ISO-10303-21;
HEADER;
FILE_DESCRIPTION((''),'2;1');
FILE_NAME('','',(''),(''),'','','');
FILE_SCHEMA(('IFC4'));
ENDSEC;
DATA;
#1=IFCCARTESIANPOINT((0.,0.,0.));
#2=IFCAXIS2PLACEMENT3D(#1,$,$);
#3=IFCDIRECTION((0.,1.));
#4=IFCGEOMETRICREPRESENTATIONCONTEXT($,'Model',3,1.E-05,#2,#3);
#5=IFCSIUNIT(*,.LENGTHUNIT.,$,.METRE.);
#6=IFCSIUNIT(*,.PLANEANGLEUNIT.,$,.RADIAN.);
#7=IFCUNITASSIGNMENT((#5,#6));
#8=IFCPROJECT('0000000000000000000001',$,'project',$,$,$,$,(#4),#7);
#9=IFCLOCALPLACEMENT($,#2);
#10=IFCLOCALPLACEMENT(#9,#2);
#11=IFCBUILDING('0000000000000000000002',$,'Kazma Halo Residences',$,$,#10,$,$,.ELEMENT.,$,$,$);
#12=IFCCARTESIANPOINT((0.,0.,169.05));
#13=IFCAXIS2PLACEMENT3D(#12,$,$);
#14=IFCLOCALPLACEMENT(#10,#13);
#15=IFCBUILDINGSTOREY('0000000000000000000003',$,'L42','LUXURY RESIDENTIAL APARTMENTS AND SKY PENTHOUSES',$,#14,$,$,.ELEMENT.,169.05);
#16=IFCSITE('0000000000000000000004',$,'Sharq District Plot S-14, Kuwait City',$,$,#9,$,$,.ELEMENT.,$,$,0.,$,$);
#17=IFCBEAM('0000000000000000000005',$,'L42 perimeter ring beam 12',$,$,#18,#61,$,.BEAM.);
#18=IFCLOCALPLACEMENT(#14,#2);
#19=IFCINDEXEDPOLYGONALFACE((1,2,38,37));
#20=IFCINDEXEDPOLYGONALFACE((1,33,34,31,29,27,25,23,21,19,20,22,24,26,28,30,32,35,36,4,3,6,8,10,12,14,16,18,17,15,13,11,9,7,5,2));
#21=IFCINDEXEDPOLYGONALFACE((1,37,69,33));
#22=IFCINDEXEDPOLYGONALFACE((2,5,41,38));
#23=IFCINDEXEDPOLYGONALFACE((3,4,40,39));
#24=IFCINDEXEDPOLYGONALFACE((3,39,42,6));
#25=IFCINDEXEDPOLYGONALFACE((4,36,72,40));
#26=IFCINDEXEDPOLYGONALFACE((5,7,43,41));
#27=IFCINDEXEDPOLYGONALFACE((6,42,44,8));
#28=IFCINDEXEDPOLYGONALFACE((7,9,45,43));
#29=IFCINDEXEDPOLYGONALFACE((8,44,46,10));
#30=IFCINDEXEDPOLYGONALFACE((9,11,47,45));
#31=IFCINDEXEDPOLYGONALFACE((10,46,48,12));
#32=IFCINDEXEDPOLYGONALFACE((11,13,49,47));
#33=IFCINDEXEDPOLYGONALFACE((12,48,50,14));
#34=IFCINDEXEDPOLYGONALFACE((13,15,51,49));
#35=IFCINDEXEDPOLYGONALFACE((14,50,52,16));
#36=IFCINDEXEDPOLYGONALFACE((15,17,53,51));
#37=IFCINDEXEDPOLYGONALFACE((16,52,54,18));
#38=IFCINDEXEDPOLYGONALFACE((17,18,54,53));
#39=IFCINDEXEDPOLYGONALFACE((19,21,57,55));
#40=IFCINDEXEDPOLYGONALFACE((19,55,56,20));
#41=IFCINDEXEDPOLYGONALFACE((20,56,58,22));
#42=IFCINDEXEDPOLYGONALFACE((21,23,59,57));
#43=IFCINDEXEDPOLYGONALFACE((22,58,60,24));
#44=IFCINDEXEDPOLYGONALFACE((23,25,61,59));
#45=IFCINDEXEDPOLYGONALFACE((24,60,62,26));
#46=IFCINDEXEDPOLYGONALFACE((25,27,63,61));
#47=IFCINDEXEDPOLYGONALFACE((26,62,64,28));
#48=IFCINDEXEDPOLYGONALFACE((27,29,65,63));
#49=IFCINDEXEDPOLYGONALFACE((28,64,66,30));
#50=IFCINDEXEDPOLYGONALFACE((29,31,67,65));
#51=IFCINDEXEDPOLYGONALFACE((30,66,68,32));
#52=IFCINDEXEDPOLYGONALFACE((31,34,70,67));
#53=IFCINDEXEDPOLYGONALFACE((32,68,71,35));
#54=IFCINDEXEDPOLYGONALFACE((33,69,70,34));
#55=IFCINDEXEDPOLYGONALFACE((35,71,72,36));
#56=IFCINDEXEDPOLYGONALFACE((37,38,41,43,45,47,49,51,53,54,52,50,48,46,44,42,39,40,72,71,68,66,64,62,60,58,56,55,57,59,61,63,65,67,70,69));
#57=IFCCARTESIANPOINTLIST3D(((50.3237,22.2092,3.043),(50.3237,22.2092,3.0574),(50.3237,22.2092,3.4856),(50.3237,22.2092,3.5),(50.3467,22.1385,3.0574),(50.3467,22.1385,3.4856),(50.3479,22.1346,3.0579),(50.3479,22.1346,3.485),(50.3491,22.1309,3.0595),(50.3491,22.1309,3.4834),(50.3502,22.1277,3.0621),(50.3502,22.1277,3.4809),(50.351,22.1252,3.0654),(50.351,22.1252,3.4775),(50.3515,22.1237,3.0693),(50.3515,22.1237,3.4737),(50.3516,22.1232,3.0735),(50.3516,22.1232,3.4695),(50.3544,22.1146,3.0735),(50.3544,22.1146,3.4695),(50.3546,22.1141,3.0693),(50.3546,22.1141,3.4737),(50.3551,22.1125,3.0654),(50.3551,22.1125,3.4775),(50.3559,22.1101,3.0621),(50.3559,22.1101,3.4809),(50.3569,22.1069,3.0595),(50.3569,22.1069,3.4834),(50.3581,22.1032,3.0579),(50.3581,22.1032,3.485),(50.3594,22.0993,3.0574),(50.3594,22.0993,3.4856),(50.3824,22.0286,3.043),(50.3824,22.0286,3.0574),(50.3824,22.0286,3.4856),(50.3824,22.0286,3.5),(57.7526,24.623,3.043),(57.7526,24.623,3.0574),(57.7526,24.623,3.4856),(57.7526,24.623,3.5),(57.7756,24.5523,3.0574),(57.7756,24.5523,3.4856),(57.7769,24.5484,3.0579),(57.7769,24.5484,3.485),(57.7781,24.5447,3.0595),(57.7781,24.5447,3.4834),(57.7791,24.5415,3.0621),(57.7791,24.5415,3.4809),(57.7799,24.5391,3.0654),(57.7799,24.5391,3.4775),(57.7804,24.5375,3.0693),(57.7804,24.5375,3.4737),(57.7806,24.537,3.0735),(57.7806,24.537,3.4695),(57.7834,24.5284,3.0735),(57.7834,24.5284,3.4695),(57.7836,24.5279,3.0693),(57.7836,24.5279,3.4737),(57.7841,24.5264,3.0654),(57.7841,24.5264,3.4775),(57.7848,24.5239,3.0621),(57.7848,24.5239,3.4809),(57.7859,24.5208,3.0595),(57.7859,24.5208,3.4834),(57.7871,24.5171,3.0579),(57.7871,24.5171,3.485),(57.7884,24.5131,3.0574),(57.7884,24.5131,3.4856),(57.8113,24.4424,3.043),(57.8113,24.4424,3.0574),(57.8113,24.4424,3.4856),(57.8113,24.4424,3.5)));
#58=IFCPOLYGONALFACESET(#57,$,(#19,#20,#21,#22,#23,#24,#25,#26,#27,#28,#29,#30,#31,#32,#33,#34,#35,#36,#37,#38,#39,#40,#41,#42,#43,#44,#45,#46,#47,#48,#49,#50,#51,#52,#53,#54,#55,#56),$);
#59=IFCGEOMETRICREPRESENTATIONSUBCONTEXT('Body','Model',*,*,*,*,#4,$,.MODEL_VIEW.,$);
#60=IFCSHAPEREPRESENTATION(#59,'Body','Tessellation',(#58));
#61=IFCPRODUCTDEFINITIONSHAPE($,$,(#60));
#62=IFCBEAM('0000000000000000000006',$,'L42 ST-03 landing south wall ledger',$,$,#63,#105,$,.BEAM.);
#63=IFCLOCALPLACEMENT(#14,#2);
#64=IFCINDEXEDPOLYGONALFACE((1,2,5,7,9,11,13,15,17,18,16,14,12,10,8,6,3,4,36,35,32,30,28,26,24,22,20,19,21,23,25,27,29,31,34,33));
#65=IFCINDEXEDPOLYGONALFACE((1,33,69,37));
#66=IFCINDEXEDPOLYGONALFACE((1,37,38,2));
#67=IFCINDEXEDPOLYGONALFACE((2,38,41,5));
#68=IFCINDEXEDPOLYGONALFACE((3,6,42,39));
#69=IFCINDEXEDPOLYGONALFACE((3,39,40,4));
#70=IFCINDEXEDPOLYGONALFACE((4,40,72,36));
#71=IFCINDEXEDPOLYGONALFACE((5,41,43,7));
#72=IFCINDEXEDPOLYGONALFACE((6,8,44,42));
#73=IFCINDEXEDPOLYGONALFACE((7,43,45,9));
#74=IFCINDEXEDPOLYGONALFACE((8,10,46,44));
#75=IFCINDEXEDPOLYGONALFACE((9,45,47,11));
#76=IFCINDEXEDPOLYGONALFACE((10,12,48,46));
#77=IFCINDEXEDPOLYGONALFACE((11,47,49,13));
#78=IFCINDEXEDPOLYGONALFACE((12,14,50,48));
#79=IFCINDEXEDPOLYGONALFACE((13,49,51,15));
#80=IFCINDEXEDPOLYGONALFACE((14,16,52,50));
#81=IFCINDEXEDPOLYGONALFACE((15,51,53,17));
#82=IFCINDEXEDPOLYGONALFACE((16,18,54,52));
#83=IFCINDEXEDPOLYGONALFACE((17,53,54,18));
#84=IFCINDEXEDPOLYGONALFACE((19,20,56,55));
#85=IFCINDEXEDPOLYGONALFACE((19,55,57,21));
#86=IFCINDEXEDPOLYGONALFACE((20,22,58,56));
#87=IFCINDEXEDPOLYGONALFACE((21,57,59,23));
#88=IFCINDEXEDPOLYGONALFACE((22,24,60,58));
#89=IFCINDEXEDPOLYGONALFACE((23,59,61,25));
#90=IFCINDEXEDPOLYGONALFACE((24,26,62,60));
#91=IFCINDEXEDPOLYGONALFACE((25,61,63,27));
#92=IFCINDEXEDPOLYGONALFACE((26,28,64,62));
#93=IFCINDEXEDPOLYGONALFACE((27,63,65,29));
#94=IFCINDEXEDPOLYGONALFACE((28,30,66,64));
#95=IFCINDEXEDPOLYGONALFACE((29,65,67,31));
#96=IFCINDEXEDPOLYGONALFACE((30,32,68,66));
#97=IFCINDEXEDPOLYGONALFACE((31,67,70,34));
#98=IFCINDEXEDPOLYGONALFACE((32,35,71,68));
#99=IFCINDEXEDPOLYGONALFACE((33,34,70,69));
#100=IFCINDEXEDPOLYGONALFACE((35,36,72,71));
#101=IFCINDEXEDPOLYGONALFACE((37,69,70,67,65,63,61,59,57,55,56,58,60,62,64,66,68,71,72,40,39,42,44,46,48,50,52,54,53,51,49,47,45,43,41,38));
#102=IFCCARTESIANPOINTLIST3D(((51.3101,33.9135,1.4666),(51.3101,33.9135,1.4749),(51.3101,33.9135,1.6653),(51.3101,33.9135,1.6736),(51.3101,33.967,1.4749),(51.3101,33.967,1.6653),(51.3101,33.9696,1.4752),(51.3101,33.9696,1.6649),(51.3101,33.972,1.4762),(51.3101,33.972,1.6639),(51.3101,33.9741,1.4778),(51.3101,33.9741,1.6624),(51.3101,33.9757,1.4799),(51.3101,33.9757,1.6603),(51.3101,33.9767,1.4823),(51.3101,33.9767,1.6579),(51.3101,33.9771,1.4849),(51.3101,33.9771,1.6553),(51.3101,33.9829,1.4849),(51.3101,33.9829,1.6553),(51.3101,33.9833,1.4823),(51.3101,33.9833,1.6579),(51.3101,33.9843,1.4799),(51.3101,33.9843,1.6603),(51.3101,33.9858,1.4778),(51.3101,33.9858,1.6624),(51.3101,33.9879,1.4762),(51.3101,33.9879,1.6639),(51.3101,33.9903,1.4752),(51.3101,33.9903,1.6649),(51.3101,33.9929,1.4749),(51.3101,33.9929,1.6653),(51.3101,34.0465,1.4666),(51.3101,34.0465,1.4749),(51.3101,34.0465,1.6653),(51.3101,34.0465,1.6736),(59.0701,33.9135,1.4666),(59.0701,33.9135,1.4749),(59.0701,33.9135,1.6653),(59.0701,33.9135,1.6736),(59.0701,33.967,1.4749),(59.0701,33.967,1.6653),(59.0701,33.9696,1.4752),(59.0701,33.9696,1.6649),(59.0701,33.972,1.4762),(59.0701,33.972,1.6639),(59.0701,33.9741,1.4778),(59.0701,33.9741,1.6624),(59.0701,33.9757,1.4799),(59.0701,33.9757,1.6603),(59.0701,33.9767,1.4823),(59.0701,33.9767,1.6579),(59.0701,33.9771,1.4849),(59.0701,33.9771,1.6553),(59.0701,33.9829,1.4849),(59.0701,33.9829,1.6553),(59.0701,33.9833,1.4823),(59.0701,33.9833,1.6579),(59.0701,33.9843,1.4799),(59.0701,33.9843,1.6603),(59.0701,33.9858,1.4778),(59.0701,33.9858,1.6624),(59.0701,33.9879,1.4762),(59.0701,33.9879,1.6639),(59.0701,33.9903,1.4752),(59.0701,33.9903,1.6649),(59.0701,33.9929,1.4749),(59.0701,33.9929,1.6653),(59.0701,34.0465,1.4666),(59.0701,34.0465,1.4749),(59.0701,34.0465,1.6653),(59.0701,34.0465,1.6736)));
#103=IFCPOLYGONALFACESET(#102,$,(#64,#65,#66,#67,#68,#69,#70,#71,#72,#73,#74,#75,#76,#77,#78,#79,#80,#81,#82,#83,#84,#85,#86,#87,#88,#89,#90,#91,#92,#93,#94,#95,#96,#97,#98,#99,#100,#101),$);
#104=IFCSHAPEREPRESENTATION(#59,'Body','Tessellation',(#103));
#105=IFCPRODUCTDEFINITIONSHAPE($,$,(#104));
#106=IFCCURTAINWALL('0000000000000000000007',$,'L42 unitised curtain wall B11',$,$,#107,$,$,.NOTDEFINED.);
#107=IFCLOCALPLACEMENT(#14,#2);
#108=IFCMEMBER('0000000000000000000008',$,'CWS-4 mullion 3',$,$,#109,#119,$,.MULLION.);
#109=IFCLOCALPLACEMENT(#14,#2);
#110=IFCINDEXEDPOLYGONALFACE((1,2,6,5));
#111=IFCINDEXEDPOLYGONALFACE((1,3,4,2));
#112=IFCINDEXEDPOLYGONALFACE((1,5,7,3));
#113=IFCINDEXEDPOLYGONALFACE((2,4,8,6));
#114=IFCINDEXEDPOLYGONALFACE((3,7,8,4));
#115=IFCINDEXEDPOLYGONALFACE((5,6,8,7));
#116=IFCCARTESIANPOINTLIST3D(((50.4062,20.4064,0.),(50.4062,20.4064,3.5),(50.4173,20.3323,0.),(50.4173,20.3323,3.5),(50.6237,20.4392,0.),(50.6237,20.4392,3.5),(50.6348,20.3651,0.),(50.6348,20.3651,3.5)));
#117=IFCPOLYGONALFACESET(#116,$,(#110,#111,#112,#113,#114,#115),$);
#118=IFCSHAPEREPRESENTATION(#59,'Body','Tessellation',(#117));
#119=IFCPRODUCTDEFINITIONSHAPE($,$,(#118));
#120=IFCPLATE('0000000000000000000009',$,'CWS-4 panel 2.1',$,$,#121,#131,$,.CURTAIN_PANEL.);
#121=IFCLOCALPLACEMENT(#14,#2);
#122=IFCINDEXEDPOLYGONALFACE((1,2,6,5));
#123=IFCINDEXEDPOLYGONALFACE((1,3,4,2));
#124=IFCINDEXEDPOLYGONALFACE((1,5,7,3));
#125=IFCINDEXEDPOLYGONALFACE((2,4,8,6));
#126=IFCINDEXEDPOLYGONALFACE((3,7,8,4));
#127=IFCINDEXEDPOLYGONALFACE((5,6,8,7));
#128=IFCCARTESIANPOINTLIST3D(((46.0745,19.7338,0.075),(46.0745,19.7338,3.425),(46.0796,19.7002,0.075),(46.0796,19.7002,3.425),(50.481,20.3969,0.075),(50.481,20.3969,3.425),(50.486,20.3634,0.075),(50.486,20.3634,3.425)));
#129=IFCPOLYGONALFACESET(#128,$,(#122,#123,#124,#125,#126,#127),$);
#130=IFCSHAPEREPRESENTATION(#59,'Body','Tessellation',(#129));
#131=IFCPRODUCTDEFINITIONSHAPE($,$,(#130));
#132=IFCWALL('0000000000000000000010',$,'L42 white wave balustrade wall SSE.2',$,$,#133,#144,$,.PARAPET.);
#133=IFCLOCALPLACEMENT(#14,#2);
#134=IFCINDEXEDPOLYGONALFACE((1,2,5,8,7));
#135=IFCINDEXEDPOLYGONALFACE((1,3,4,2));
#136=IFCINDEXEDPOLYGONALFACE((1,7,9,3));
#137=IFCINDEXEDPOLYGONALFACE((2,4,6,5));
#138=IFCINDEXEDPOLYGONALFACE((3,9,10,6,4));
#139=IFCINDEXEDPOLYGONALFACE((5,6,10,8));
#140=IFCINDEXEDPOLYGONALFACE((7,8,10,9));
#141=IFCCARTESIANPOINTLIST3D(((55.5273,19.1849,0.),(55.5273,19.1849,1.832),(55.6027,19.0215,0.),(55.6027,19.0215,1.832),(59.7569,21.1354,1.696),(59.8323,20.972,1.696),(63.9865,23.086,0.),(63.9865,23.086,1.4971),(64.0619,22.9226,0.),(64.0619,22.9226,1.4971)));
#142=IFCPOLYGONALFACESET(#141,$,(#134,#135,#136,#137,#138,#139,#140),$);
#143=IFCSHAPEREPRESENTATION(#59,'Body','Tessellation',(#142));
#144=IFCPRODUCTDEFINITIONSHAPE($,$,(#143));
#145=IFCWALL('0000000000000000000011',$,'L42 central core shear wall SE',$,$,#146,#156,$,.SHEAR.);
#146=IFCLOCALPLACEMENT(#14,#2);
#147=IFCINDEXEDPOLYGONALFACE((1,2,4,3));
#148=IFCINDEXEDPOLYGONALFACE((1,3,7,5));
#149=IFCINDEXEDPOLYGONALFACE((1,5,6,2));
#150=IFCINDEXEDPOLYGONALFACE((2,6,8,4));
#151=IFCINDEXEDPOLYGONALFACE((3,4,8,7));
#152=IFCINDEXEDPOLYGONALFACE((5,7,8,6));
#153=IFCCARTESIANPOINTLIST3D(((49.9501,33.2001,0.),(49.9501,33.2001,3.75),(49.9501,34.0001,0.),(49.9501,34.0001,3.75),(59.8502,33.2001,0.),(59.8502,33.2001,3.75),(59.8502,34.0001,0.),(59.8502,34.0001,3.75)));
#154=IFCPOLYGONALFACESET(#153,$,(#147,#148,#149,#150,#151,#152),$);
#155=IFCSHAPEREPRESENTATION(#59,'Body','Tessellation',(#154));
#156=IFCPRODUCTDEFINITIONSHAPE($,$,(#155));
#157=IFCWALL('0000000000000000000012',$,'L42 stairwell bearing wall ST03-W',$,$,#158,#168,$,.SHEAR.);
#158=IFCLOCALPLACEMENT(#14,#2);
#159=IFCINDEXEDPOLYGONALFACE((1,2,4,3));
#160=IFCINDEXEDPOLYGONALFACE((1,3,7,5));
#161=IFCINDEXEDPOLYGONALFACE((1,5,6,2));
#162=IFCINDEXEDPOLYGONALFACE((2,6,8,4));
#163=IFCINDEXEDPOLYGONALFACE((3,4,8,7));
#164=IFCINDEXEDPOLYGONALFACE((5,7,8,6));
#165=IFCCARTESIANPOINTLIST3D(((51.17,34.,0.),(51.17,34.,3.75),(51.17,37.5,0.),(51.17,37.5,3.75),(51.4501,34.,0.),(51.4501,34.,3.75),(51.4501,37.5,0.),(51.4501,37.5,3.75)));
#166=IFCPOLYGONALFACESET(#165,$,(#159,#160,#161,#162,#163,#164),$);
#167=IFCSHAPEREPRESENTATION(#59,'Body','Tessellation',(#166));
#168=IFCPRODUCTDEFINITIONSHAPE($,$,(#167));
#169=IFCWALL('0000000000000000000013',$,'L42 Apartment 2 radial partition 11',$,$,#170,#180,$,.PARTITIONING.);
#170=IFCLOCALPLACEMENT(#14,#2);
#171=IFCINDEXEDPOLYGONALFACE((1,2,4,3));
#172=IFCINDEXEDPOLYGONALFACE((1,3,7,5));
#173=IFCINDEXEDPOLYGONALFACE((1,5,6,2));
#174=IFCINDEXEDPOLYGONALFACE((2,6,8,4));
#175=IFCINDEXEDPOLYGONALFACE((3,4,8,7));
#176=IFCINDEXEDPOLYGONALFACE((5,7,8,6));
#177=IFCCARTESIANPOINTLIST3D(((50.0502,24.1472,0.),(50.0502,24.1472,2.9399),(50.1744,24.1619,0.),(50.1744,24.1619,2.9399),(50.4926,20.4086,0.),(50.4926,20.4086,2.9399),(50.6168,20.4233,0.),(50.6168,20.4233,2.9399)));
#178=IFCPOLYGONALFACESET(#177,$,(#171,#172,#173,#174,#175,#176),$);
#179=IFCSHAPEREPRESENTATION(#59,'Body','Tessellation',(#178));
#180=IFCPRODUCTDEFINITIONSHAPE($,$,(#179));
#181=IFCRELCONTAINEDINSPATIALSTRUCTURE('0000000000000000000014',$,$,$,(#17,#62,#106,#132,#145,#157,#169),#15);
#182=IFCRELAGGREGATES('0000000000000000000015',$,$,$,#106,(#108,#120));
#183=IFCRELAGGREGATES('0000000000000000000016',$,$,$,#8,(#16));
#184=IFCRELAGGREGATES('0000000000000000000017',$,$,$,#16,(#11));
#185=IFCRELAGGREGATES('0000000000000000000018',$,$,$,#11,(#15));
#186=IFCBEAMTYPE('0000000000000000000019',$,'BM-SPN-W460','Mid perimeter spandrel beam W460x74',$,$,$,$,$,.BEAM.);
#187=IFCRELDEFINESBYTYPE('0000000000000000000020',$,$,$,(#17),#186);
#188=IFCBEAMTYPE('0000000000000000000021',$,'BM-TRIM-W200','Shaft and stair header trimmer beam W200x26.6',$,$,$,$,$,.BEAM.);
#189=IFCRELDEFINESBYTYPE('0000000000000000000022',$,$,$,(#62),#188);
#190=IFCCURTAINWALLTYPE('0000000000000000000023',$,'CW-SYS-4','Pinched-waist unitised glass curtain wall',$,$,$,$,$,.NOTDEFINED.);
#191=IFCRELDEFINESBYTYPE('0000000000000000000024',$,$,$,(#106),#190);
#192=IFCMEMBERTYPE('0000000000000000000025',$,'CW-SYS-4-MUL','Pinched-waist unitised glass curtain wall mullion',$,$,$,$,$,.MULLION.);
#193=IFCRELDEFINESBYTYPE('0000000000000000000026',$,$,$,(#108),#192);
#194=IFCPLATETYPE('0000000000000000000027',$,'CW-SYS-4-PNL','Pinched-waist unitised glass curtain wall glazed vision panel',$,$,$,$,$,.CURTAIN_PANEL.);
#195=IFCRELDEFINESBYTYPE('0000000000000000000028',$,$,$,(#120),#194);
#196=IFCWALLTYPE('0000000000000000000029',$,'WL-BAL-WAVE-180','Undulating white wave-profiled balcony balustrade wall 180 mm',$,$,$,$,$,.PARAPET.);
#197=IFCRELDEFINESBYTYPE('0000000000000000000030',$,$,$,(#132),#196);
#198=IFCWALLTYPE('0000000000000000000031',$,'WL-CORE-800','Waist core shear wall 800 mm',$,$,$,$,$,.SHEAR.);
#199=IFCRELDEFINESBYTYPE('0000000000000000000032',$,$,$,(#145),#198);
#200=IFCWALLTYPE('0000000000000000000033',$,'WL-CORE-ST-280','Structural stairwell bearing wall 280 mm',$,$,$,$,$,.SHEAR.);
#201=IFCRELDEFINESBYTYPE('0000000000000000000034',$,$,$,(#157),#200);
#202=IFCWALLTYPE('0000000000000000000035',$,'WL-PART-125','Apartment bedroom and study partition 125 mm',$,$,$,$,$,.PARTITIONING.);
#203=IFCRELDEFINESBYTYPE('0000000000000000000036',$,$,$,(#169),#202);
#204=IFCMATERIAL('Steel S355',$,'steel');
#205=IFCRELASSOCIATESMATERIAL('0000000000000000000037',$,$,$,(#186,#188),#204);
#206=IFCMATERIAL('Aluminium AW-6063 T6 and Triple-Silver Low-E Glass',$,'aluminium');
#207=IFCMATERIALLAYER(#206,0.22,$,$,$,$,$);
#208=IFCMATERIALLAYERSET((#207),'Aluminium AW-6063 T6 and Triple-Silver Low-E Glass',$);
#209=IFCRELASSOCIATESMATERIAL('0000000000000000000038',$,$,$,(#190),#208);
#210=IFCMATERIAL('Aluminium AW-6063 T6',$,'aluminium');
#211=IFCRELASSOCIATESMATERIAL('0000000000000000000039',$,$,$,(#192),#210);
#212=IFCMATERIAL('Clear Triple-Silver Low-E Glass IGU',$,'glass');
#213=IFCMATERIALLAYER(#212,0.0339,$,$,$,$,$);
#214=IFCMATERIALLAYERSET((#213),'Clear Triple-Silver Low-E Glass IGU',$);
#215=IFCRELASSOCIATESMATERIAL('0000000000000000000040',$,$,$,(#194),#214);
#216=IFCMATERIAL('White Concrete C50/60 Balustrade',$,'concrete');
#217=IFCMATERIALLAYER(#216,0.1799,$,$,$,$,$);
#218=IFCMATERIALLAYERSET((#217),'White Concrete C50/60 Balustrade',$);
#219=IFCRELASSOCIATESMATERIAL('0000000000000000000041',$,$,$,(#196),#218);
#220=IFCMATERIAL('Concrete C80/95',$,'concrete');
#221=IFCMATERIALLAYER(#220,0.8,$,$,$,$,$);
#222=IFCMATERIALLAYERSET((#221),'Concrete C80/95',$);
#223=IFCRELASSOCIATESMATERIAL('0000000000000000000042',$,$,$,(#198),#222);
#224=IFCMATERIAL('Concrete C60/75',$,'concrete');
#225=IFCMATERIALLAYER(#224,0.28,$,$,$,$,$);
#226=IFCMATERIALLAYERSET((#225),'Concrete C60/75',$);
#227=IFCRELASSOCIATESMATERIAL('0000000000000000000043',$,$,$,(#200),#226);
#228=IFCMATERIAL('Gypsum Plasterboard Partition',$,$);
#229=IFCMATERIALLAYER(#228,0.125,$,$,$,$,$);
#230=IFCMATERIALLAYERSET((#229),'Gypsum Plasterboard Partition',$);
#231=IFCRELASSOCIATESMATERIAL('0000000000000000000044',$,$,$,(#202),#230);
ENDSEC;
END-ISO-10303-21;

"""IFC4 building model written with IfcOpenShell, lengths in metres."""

from ifc_helpers import new_model, si_unit, direction, frame, frame_2d, origin, origin_2d, place, context, subcontext, project, spatial, polyline, rectangle, i_section, outline, extrude, material, layer, layer_set, material_profile, profile_set, type_object, element, aggregate, save


model = new_model("IFC4")

# Units and contexts
model_context = context("Model", 3, precision=1e-05, world=origin(), true_north=direction((0.0, 1.0)))
body_context = subcontext(model_context, "Body", "Model", "MODEL_VIEW")
ifc_project = project(units=[si_unit("LENGTHUNIT", "METRE"), si_unit("PLANEANGLEUNIT", "RADIAN")], contexts=[model_context])

# Site, building, storey
site_placement = place(None, origin())
site = spatial("IfcSite", under=ifc_project, at=site_placement, Name="Sharq District Plot S-14, Kuwait City", CompositionType="ELEMENT", RefElevation=0.0)
building_placement = place(site_placement, origin())
building = spatial("IfcBuilding", under=site, at=building_placement, Name="Kazma Halo Residences", CompositionType="ELEMENT")
storey_placement = place(building_placement, frame((0.0, 0.0, 169.05)))
storey = spatial("IfcBuildingStorey", under=building, at=storey_placement, Name="L42", Description="LUXURY RESIDENTIAL APARTMENTS AND SKY PENTHOUSES", CompositionType="ELEMENT", Elevation=169.05)

# Shared definitions
ifc_material_1 = material(Name="Concrete C80/95", Category="concrete")

# Beams
ifc_material_2 = material(Name="Steel S355", Category="steel")
ifc_material_profile_1 = material_profile(ifc_material_2, i_section(OverallWidth=0.1899, OverallDepth=0.457, WebThickness=0.009, FlangeThickness=0.0144, FilletRadius=0.0161, at=origin_2d()), Name="W460x74")
ifc_profile_set_1 = profile_set([ifc_material_profile_1], Name="Steel S355")
beam_type_1 = type_object("IfcBeamType", Name="BM-SPN-W460", Description="Mid perimeter spandrel beam W460x74", PredefinedType="BEAM", material=ifc_profile_set_1)
beam_1_placement = place(storey_placement, frame((50.353, 22.1189, 3.2715), z_axis=(0.951056, 0.309018, 0.0), x_axis=(-0.309018, 0.951056, 0.0)))
element("IfcBeam", 1, at=beam_1_placement, inside=storey, type_object=beam_type_1, Name="L42 perimeter ring beam 12", PredefinedType="BEAM", context=body_context, shape_type="SweptSolid", body=[
    extrude(i_section(OverallWidth=0.1899, OverallDepth=0.457, WebThickness=0.009, FlangeThickness=0.0144, FilletRadius=0.0161, at=origin_2d()), origin(), (0.0, 0.0, 1.0), 7.8113),
])
ifc_material_profile_2 = material_profile(ifc_material_2, i_section(OverallWidth=0.1331, OverallDepth=0.207, WebThickness=0.0059, FlangeThickness=0.0083, FilletRadius=0.01, at=origin_2d()), Name="W200x26.6")
ifc_profile_set_2 = profile_set([ifc_material_profile_2], Name="Steel S355")
beam_type_2 = type_object("IfcBeamType", Name="BM-TRIM-W200", Description="Shaft and stair header trimmer beam W200x26.6", PredefinedType="BEAM", material=ifc_profile_set_2)
beam_2_placement = place(storey_placement, frame((51.3101, 33.98, 1.5701), z_axis=(1.0, 0.0, 0.0), x_axis=(0.0, 1.0, 0.0)))
element("IfcBeam", 2, at=beam_2_placement, inside=storey, type_object=beam_type_2, Name="L42 ST-03 landing south wall ledger", PredefinedType="BEAM", context=body_context, shape_type="SweptSolid", body=[
    extrude(i_section(OverallWidth=0.1331, OverallDepth=0.207, WebThickness=0.0059, FlangeThickness=0.0083, FilletRadius=0.01, at=origin_2d()), origin(), (0.0, 0.0, 1.0), 7.76),
])

# Curtain wall, member, plate
ifc_material_3 = material(Name="Aluminium AW-6063 T6 and Triple-Silver Low-E Glass", Category="aluminium")
ifc_layer_1 = layer(ifc_material_3, 0.22)
ifc_layer_set_1 = layer_set([ifc_layer_1], Name="Aluminium AW-6063 T6 and Triple-Silver Low-E Glass")
curtain_wall_type = type_object("IfcCurtainWallType", Name="CW-SYS-4", Description="Pinched-waist unitised glass curtain wall", PredefinedType="NOTDEFINED", material=ifc_layer_set_1)
curtain_wall_placement = place(storey_placement, origin())
curtain_wall = element("IfcCurtainWall", 3, at=curtain_wall_placement, inside=storey, type_object=curtain_wall_type, Name="L42 unitised curtain wall B11", PredefinedType="NOTDEFINED")
ifc_material_4 = material(Name="Aluminium AW-6063 T6", Category="aluminium")
ifc_material_profile_3 = material_profile(ifc_material_4, rectangle(XDim=0.075, YDim=0.22, at=origin_2d()), Name="CWM-75x220")
ifc_profile_set_3 = profile_set([ifc_material_profile_3], Name="Aluminium AW-6063 T6")
member_type = type_object("IfcMemberType", Name="CW-SYS-4-MUL", Description="Pinched-waist unitised glass curtain wall mullion", PredefinedType="MULLION", material=ifc_profile_set_3)
member_placement = place(storey_placement, frame((50.5205, 20.3857, 0.0), z_axis=(0.0, 0.0, 1.0), x_axis=(-0.148821, 0.988864, 0.0)))
member = element("IfcMember", 4, at=member_placement, type_object=member_type, Name="CWS-4 mullion 3", PredefinedType="MULLION", context=body_context, shape_type="SweptSolid", body=[
    extrude(rectangle(XDim=0.075, YDim=0.22, at=origin_2d()), origin(), (0.0, 0.0, 1.0), 3.5),
])
ifc_material_5 = material(Name="Clear Triple-Silver Low-E Glass IGU", Category="glass")
ifc_layer_2 = layer(ifc_material_5, 0.0339)
ifc_layer_set_2 = layer_set([ifc_layer_2], Name="Clear Triple-Silver Low-E Glass IGU")
plate_type = type_object("IfcPlateType", Name="CW-SYS-4-PNL", Description="Pinched-waist unitised glass curtain wall glazed vision panel", PredefinedType="CURTAIN_PANEL", material=ifc_layer_set_2)
plate_placement = place(storey_placement, frame((48.2803, 20.0486, 0.075), z_axis=(0.0, 0.0, 1.0), x_axis=(0.988864, 0.148821, 0.0)))
plate = element("IfcPlate", 5, at=plate_placement, type_object=plate_type, Name="CWS-4 panel 2.1", PredefinedType="CURTAIN_PANEL", context=body_context, shape_type="SweptSolid", body=[
    extrude(rectangle(XDim=4.4561, YDim=0.0339, at=origin_2d()), origin(), (0.0, 0.0, 1.0), 3.3501),
])
aggregate(curtain_wall, [member, plate])

# Walls
ifc_material_6 = material(Name="White Concrete C50/60 Balustrade", Category="concrete")
ifc_layer_3 = layer(ifc_material_6, 0.1799)
ifc_layer_set_3 = layer_set([ifc_layer_3], Name="White Concrete C50/60 Balustrade")
wall_type_1 = type_object("IfcWallType", Name="WL-BAL-WAVE-180", Description="Undulating white wave-profiled balcony balustrade wall 180 mm", PredefinedType="PARAPET", material=ifc_layer_set_3)
wall_1_placement = place(storey_placement, frame((55.5649, 19.1033, 0.0), z_axis=(0.0, 0.0, 1.0), x_axis=(0.908087, 0.418781, 0.0)))
element("IfcWall", 6, at=wall_1_placement, inside=storey, type_object=wall_type_1, Name="L42 white wave balustrade wall SSE.2", PredefinedType="PARAPET", context=body_context, shape_type="SweptSolid", body=[
    extrude(outline(polyline([(0.0, 0.0), (9.3154, 0.0), (9.3154, 1.4971), (4.6577, 1.696), (0.0, 1.832), (0.0, 0.0)])), frame((0.0, 0.0898, 0.0), z_axis=(0.0, -1.0, 0.0), x_axis=(1.0, 0.0, 0.0)), (0.0, 0.0, 1.0), 0.1799),
])
ifc_layer_4 = layer(ifc_material_1, 0.8)
ifc_layer_set_4 = layer_set([ifc_layer_4], Name="Concrete C80/95")
wall_type_2 = type_object("IfcWallType", Name="WL-CORE-800", Description="Waist core shear wall 800 mm", PredefinedType="SHEAR", material=ifc_layer_set_4)
wall_2_placement = place(storey_placement, frame((49.95, 33.6001, 0.0), z_axis=(0.0, 0.0, 1.0), x_axis=(1.0, 0.0, 0.0)))
element("IfcWall", 7, at=wall_2_placement, inside=storey, type_object=wall_type_2, Name="L42 central core shear wall SE", PredefinedType="SHEAR", context=body_context, shape_type="SweptSolid", body=[
    extrude(rectangle(XDim=9.9001, YDim=0.8, at=frame_2d((4.9502, 0.0))), origin(), (0.0, 0.0, 1.0), 3.75),
])
ifc_material_7 = material(Name="Concrete C60/75", Category="concrete")
ifc_layer_5 = layer(ifc_material_7, 0.28)
ifc_layer_set_5 = layer_set([ifc_layer_5], Name="Concrete C60/75")
wall_type_3 = type_object("IfcWallType", Name="WL-CORE-ST-280", Description="Structural stairwell bearing wall 280 mm", PredefinedType="SHEAR", material=ifc_layer_set_5)
wall_3_placement = place(storey_placement, frame((51.3101, 34.0, 0.0), z_axis=(0.0, 0.0, 1.0), x_axis=(0.0, 1.0, 0.0)))
element("IfcWall", 8, at=wall_3_placement, inside=storey, type_object=wall_type_3, Name="L42 stairwell bearing wall ST03-W", PredefinedType="SHEAR", context=body_context, shape_type="SweptSolid", body=[
    extrude(rectangle(XDim=3.5, YDim=0.28, at=frame_2d((1.75, 0.0))), origin(), (0.0, 0.0, 1.0), 3.75),
])

# Wall
ifc_material_8 = material(Name="Gypsum Plasterboard Partition")
ifc_layer_6 = layer(ifc_material_8, 0.125)
ifc_layer_set_6 = layer_set([ifc_layer_6], Name="Gypsum Plasterboard Partition")
wall_type_4 = type_object("IfcWallType", Name="WL-PART-125", Description="Apartment bedroom and study partition 125 mm", PredefinedType="PARTITIONING", material=ifc_layer_set_6)
wall_4_placement = place(storey_placement, frame((50.1123, 24.1545, 0.0), z_axis=(0.0, 0.0, 1.0), x_axis=(0.117511, -0.993072, 0.0)))
element("IfcWall", 9, at=wall_4_placement, inside=storey, type_object=wall_type_4, Name="L42 Apartment 2 radial partition 11", PredefinedType="PARTITIONING", context=body_context, shape_type="SweptSolid", body=[
    extrude(rectangle(XDim=3.7646, YDim=0.125, at=frame_2d((1.8823, 0.0))), origin(), (0.0, 0.0, 1.0), 2.9399),
])

save(model, "model.ifc")
